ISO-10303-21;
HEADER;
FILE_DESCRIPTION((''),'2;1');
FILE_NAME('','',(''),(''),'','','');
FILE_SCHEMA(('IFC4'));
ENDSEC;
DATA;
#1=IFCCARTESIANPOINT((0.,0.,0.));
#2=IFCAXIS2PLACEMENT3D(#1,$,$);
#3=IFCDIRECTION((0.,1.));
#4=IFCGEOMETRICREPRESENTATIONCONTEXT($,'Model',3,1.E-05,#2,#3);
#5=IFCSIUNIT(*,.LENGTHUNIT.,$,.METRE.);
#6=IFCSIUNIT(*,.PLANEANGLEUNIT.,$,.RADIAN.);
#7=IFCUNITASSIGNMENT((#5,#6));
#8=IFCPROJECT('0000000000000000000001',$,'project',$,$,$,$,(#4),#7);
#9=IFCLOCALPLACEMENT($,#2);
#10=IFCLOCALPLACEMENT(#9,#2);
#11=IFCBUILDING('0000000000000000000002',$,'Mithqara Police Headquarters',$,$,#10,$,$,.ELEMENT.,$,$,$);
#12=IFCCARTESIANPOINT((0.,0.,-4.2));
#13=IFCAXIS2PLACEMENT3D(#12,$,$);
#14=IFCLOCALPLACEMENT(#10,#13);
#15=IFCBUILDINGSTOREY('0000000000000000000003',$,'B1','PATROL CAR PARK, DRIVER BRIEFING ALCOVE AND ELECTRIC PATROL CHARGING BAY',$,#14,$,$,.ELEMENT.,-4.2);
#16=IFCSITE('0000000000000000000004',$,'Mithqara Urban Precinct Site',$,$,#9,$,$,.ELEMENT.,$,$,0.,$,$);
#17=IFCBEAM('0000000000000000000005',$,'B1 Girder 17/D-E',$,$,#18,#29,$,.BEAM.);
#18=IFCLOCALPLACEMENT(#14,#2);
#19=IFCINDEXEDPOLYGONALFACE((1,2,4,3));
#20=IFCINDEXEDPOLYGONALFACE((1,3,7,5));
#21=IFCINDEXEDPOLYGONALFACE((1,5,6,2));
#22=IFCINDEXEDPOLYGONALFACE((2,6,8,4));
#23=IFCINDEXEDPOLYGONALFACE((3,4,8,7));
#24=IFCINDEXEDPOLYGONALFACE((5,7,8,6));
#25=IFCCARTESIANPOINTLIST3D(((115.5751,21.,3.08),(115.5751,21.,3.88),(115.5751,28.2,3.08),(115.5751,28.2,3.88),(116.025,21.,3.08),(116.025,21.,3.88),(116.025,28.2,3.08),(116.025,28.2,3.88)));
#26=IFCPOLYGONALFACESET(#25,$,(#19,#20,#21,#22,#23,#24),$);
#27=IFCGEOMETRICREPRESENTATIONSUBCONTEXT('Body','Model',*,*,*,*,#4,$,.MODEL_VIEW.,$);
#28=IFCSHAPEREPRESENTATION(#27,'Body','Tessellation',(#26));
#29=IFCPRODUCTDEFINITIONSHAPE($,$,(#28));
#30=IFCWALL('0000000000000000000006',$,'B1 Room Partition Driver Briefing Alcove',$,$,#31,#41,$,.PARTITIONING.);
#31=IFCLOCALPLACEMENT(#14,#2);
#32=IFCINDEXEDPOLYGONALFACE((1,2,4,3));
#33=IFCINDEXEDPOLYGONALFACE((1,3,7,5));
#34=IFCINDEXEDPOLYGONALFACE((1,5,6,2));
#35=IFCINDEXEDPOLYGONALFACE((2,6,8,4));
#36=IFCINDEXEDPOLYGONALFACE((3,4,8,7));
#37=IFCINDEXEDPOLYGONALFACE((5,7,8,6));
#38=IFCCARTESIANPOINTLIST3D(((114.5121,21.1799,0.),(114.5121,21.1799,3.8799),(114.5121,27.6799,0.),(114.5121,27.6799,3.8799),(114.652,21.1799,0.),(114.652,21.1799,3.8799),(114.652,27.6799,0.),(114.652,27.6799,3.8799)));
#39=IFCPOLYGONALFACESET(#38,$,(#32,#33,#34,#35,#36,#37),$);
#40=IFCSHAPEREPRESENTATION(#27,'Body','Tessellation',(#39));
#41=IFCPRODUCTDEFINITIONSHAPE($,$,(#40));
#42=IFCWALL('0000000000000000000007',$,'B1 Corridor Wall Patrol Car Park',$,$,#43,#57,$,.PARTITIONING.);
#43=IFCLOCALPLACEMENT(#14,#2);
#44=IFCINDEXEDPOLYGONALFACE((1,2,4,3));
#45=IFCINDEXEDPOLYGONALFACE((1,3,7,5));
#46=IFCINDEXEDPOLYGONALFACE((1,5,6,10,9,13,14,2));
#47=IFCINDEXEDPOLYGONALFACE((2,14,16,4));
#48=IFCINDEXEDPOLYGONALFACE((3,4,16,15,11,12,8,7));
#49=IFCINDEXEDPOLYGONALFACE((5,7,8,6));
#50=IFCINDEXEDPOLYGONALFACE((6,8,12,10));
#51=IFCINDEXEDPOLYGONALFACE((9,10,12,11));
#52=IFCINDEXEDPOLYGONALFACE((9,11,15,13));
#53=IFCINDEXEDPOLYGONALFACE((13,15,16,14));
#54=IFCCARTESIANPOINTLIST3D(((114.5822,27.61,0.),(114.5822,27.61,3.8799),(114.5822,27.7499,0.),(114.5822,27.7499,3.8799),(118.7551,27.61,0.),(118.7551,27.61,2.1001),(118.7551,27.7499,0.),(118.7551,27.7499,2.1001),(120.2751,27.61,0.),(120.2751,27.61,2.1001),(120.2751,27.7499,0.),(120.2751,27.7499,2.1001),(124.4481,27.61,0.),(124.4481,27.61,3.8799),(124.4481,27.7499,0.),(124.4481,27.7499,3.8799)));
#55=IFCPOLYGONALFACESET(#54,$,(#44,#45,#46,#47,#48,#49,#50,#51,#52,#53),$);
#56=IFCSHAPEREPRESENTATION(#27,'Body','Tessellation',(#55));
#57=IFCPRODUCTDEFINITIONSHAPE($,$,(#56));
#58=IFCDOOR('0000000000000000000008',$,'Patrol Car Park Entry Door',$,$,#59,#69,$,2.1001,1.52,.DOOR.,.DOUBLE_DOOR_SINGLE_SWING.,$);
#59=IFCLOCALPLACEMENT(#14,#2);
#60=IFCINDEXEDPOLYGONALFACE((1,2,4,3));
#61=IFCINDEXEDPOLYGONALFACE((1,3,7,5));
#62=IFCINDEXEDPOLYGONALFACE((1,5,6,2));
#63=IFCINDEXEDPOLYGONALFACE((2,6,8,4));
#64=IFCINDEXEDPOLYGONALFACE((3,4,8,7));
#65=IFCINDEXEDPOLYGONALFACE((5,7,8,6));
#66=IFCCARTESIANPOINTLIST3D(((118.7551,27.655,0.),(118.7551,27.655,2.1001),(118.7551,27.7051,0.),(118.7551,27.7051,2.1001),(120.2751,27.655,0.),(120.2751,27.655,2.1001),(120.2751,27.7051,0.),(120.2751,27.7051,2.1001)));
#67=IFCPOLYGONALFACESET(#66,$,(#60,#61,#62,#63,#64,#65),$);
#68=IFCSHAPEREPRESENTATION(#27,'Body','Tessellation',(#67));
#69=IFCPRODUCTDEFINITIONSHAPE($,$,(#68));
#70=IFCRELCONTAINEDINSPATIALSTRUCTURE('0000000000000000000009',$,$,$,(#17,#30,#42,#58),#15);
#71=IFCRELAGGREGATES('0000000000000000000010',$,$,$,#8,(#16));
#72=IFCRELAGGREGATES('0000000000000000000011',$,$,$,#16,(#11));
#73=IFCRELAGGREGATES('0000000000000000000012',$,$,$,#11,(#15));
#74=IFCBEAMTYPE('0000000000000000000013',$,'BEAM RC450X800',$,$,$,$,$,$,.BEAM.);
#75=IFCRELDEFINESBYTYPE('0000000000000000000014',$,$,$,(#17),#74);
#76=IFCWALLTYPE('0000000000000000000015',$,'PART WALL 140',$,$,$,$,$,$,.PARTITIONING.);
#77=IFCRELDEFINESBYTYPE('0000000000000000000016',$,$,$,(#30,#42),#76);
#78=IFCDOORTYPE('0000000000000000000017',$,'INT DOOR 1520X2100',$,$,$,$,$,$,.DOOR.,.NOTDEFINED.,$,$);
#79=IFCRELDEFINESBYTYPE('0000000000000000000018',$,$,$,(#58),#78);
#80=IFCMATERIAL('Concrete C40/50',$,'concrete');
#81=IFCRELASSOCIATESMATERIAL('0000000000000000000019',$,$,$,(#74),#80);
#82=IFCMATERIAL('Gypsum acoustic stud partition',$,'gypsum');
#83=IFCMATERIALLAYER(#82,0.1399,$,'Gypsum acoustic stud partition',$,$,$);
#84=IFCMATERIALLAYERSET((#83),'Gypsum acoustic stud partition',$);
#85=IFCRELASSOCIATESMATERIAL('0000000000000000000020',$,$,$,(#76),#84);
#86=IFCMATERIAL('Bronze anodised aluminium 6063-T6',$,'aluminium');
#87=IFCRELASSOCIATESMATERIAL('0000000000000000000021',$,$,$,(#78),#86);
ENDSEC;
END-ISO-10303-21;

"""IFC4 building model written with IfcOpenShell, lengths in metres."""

from ifc_helpers import new_model, si_unit, direction, frame, frame_2d, origin, origin_2d, place, context, subcontext, project, spatial, rectangle, extrude, material, layer, layer_set, material_profile, profile_set, type_object, element, fill, save


model = new_model("IFC4")

# Units and contexts
model_context = context("Model", 3, precision=1e-05, world=origin(), true_north=direction((0.0, 1.0)))
body_context = subcontext(model_context, "Body", "Model", "MODEL_VIEW")
ifc_project = project(units=[si_unit("LENGTHUNIT", "METRE"), si_unit("PLANEANGLEUNIT", "RADIAN")], contexts=[model_context])

# Site, building, storey
site_placement = place(None, origin())
site = spatial("IfcSite", under=ifc_project, at=site_placement, Name="Mithqara Urban Precinct Site", CompositionType="ELEMENT", RefElevation=0.0)
building_placement = place(site_placement, origin())
building = spatial("IfcBuilding", under=site, at=building_placement, Name="Mithqara Police Headquarters", CompositionType="ELEMENT")
storey_placement = place(building_placement, frame((0.0, 0.0, -4.2)))
storey = spatial("IfcBuildingStorey", under=building, at=storey_placement, Name="B1", Description="PATROL CAR PARK, DRIVER BRIEFING ALCOVE AND ELECTRIC PATROL CHARGING BAY", CompositionType="ELEMENT", Elevation=-4.2)

# Shared definitions
ifc_material_1 = material(Name="Concrete C40/50", Category="concrete")

# Beam
ifc_material_profile_1 = material_profile(ifc_material_1, rectangle(XDim=0.45, YDim=0.8, at=origin_2d()), Name="RC 450x800")
ifc_profile_set_1 = profile_set([ifc_material_profile_1], Name="Concrete C40/50")
beam_type_1 = type_object("IfcBeamType", Name="BEAM RC450X800", PredefinedType="BEAM", material=ifc_profile_set_1)
for number, where, z_axis, x_axis, name in (
    (1, (115.8, 21.0, 3.48), (0.0, 1.0, 0.0), (-1.0, 0.0, 0.0), "B1 Girder 17/D-E"),
):
    element("IfcBeam", number, at=place(storey_placement, frame(where, z_axis=z_axis, x_axis=x_axis)), inside=storey, type_object=beam_type_1, Name=name, PredefinedType="BEAM", context=body_context, shape_type="SweptSolid", body=[
        extrude(rectangle(XDim=0.45, YDim=0.8, at=origin_2d()), origin(), (0.0, 0.0, 1.0), 7.2),
    ])

# Wall
ifc_material_2 = material(Name="Gypsum acoustic stud partition", Category="gypsum")
ifc_layer = layer(ifc_material_2, 0.1399, Name="Gypsum acoustic stud partition")
ifc_layer_set = layer_set([ifc_layer], Name="Gypsum acoustic stud partition")
wall_type = type_object("IfcWallType", Name="PART WALL 140", PredefinedType="PARTITIONING", material=ifc_layer_set)
wall_1_placement = place(storey_placement, frame((114.582, 21.1799, 0.0), z_axis=(0.0, 0.0, 1.0), x_axis=(0.0, 1.0, 0.0)))
element("IfcWall", 2, at=wall_1_placement, inside=storey, type_object=wall_type, Name="B1 Room Partition Driver Briefing Alcove", PredefinedType="PARTITIONING", context=body_context, shape_type="SweptSolid", body=[
    extrude(rectangle(XDim=6.5, YDim=0.1399, at=frame_2d((3.25, 0.0))), origin(), (0.0, 0.0, 1.0), 3.8799),
])

# Wall, opening, door
wall_2_placement = place(storey_placement, frame((114.582, 27.6799, 0.0), z_axis=(0.0, 0.0, 1.0), x_axis=(1.0, 0.0, 0.0)))
wall_2 = element("IfcWall", 3, at=wall_2_placement, inside=storey, type_object=wall_type, Name="B1 Corridor Wall Patrol Car Park", PredefinedType="PARTITIONING", context=body_context, shape_type="SweptSolid", body=[
    extrude(rectangle(XDim=9.866, YDim=0.1399, at=frame_2d((4.9331, 0.0))), origin(), (0.0, 0.0, 1.0), 3.8799),
])
opening_placement = place(wall_2_placement, frame((4.1731, 0.0, 0.0)))
opening = element("IfcOpeningElement", 4, at=opening_placement, cuts=wall_2, PredefinedType="OPENING", context=body_context, shape_type="SweptSolid", body=[
    extrude(rectangle(XDim=1.52, YDim=2.1001, at=frame_2d((0.76, 1.05))), frame((0.0, 0.0801, 0.0), z_axis=(0.0, -1.0, 0.0), x_axis=(1.0, 0.0, 0.0)), (0.0, 0.0, 1.0), 0.1599),
])
ifc_material_3 = material(Name="Bronze anodised aluminium 6063-T6", Category="aluminium")
door_type = type_object("IfcDoorType", Name="INT DOOR 1520X2100", OperationType="NOTDEFINED", PredefinedType="DOOR", material=ifc_material_3)
door_placement = place(opening_placement, frame((1.52, 0.0, 0.0), z_axis=(0.0, 0.0, 1.0), x_axis=(-1.0, 0.0, 0.0)))
door = element("IfcDoor", 5, at=door_placement, inside=storey, type_object=door_type, Name="Patrol Car Park Entry Door", OperationType="DOUBLE_DOOR_SINGLE_SWING", OverallHeight=2.1001, OverallWidth=1.52, PredefinedType="DOOR", context=body_context, shape_type="SweptSolid", body=[
    extrude(rectangle(XDim=1.52, YDim=2.1001, at=frame_2d((0.76, 1.05))), frame((0.0, 0.0249, 0.0), z_axis=(0.0, -1.0, 0.0), x_axis=(1.0, 0.0, 0.0)), (0.0, 0.0, 1.0), 0.05),
])
fill(opening, door)

save(model, "model.ifc")
